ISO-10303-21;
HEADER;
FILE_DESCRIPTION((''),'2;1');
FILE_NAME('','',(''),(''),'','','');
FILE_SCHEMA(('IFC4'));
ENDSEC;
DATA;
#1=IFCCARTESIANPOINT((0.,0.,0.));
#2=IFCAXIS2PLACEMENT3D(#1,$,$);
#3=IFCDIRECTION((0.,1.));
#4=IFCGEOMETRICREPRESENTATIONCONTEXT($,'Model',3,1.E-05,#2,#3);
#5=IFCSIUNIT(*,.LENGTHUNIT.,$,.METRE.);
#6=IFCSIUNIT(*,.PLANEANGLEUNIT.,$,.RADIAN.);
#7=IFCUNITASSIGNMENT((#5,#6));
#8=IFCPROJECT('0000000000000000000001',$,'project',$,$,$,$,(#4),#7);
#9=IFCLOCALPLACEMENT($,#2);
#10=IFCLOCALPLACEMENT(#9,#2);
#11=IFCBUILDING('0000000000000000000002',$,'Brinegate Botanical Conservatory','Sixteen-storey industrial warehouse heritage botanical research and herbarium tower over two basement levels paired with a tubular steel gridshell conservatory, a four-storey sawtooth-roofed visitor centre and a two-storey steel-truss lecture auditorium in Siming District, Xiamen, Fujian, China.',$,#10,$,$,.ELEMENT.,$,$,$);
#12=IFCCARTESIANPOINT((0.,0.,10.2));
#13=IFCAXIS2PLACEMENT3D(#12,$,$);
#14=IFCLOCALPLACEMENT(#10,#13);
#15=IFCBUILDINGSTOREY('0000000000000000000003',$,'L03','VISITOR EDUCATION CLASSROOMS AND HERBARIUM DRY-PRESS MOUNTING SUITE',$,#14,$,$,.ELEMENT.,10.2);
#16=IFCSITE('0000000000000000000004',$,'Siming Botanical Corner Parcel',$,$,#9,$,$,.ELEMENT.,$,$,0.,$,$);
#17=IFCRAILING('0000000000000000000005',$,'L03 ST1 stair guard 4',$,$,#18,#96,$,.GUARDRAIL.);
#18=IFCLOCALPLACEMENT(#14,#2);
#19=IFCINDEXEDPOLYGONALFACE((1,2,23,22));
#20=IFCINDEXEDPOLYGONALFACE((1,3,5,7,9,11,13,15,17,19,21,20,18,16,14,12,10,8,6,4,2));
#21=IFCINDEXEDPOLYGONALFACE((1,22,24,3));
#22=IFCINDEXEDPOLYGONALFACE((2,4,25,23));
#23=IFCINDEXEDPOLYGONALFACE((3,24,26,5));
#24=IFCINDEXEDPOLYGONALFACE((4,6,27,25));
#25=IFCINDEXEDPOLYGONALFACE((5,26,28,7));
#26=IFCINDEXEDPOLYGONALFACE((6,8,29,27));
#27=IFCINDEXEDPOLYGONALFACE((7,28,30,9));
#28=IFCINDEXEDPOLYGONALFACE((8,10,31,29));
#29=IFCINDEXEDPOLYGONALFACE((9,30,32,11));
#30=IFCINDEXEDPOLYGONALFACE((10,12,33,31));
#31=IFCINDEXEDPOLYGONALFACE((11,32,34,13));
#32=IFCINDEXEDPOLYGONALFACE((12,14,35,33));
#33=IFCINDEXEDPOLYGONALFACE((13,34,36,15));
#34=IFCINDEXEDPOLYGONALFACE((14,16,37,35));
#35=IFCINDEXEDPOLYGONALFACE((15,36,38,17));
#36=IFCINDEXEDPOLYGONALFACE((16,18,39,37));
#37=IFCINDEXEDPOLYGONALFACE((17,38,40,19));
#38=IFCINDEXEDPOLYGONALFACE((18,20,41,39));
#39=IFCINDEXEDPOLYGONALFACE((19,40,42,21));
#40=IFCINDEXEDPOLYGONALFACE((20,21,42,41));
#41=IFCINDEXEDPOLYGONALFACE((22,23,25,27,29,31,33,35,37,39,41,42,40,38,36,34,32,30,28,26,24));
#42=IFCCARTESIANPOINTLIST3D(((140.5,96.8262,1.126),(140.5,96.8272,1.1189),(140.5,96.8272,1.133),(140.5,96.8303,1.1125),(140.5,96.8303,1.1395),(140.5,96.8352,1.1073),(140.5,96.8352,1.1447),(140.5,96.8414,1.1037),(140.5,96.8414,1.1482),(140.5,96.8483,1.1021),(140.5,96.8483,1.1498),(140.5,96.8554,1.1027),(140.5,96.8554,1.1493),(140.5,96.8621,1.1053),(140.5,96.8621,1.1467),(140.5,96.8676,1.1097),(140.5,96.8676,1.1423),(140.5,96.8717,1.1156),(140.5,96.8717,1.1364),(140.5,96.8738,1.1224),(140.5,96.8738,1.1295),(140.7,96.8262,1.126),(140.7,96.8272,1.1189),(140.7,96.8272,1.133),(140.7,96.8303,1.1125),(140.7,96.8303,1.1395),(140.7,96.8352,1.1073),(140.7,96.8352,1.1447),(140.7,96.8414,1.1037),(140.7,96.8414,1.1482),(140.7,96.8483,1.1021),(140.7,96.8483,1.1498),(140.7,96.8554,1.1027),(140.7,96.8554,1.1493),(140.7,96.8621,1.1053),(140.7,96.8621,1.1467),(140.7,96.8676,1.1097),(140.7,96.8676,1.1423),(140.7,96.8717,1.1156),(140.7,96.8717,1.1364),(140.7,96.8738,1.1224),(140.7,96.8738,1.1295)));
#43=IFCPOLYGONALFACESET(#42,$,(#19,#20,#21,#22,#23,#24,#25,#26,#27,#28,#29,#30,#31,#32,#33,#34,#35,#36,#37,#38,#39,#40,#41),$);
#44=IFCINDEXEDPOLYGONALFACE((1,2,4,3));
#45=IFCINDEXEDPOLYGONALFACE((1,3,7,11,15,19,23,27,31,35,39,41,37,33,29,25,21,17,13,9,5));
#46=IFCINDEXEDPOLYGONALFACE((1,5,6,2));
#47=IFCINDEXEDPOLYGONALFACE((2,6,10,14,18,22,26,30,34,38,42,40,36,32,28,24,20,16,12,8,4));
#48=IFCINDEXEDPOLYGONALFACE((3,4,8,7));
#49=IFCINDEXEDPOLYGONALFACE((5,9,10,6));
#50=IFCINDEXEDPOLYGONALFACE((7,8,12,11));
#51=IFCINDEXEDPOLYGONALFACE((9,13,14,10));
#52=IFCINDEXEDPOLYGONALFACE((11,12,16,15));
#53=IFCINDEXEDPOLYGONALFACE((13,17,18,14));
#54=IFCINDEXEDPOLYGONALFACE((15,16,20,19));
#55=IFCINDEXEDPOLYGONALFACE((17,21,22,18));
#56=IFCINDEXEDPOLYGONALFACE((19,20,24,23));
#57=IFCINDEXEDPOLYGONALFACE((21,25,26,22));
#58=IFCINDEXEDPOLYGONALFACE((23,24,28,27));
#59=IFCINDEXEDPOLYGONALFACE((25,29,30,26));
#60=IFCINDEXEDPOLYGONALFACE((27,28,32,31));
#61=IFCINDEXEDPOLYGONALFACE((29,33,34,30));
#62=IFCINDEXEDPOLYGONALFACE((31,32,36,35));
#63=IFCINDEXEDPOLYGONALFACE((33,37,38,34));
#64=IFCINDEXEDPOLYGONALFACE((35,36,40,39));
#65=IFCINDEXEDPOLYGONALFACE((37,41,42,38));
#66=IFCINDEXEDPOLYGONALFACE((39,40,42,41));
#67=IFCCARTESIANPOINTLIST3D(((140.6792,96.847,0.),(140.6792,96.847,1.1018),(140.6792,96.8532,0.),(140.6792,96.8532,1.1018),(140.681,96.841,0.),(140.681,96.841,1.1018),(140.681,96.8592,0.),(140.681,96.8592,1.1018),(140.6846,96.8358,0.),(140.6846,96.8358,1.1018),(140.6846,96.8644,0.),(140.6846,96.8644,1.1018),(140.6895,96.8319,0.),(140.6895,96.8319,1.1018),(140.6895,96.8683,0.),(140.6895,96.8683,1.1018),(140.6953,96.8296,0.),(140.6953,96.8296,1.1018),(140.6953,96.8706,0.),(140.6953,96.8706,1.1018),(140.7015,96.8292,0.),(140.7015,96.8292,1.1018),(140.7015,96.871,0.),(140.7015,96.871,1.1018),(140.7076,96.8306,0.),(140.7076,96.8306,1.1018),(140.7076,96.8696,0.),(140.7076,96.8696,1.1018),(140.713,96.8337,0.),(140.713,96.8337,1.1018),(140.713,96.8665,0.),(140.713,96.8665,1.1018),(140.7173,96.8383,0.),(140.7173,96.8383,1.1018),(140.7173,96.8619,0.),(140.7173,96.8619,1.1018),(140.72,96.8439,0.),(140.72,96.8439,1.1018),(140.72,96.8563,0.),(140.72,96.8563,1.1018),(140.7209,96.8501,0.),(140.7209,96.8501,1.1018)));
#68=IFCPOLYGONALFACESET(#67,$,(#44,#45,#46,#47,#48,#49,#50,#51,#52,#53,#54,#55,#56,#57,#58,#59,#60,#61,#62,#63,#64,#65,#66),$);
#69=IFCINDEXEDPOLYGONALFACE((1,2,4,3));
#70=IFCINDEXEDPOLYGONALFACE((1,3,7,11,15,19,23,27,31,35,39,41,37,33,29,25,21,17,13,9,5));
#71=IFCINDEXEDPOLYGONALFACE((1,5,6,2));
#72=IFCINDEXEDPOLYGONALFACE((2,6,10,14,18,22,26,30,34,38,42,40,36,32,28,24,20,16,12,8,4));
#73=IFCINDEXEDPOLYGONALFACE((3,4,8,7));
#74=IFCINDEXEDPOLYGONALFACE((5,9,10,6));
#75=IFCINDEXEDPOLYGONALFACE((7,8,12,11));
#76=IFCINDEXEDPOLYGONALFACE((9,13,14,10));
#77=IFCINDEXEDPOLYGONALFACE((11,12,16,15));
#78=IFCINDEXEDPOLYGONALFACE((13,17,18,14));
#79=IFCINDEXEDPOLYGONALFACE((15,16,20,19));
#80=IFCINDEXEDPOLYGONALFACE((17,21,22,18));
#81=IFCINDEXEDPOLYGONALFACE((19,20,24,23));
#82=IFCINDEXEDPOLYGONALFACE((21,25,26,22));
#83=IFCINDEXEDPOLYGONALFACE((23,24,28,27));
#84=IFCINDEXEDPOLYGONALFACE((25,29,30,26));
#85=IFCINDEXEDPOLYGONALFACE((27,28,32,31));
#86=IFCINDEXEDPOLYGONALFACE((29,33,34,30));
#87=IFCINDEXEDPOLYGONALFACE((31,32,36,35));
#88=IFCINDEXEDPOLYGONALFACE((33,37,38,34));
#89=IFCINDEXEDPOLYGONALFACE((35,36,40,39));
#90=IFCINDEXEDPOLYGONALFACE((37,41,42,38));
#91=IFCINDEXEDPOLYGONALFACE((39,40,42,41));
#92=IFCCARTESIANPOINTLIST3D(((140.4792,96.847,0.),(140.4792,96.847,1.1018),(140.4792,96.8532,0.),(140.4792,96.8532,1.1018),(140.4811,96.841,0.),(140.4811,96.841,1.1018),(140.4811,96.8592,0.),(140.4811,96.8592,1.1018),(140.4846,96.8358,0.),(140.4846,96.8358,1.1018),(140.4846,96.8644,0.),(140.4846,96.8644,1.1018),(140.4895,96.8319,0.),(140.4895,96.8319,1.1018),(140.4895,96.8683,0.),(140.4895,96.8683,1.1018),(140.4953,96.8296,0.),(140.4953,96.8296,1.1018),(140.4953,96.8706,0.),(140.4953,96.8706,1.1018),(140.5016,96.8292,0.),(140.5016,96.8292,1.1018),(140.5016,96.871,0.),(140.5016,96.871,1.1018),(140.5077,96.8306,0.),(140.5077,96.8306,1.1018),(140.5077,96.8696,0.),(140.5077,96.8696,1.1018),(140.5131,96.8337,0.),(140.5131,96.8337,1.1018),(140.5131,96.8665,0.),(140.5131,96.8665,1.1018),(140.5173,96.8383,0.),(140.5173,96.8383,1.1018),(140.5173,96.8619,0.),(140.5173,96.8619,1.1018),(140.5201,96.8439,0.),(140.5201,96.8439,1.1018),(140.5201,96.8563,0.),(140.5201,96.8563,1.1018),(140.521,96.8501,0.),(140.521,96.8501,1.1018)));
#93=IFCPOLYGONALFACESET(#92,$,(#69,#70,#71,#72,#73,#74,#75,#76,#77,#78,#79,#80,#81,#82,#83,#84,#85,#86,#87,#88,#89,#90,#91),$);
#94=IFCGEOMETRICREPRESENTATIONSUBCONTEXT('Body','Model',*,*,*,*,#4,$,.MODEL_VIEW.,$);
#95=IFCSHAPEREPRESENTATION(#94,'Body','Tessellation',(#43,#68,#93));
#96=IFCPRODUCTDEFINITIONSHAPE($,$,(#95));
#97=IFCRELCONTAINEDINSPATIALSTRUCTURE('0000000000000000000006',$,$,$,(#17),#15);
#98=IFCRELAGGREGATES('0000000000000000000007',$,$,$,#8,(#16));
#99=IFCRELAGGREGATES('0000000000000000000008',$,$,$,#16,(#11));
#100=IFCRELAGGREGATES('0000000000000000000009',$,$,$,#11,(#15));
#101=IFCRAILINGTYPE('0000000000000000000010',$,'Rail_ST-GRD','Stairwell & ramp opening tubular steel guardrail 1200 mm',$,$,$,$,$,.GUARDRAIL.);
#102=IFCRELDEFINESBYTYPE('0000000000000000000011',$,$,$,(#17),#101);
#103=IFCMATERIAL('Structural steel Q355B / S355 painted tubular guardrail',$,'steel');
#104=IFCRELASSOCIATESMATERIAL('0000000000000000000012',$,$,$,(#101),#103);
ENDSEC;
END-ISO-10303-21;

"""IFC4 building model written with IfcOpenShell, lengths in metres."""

from ifc_helpers import new_model, si_unit, direction, frame, origin, origin_2d, place, context, subcontext, project, spatial, circle, extrude, material, type_object, element, save


model = new_model("IFC4")

# Units and contexts
model_context = context("Model", 3, precision=1e-05, world=origin(), true_north=direction((0.0, 1.0)))
body_context = subcontext(model_context, "Body", "Model", "MODEL_VIEW")
ifc_project = project(units=[si_unit("LENGTHUNIT", "METRE"), si_unit("PLANEANGLEUNIT", "RADIAN")], contexts=[model_context])

# Site, building, storey
site_placement = place(None, origin())
site = spatial("IfcSite", under=ifc_project, at=site_placement, Name="Siming Botanical Corner Parcel", CompositionType="ELEMENT", RefElevation=0.0)
building_placement = place(site_placement, origin())
building = spatial("IfcBuilding", under=site, at=building_placement, Name="Brinegate Botanical Conservatory", Description="Sixteen-storey industrial warehouse heritage botanical research and herbarium tower over two basement levels paired with a tubular steel gridshell conservatory, a four-storey sawtooth-roofed visitor centre and a two-storey steel-truss lecture auditorium in Siming District, Xiamen, Fujian, China.", CompositionType="ELEMENT")
storey_placement = place(building_placement, frame((0.0, 0.0, 10.2)))
storey = spatial("IfcBuildingStorey", under=building, at=storey_placement, Name="L03", Description="VISITOR EDUCATION CLASSROOMS AND HERBARIUM DRY-PRESS MOUNTING SUITE", CompositionType="ELEMENT", Elevation=10.2)

# Railing
ifc_material_1 = material(Name="Structural steel Q355B / S355 painted tubular guardrail", Category="steel")
railing_type_1 = type_object("IfcRailingType", Name="Rail_ST-GRD", Description="Stairwell & ramp opening tubular steel guardrail 1200 mm", PredefinedType="GUARDRAIL", material=ifc_material_1)
railing_1_placement = place(storey_placement, frame((140.7, 96.8501, 0.0)))
element("IfcRailing", 1, at=railing_1_placement, inside=storey, type_object=railing_type_1, Name="L03 ST1 stair guard 4", PredefinedType="GUARDRAIL", context=body_context, shape_type="SweptSolid", body=[
    extrude(circle(Radius=0.0239, at=origin_2d()), frame((0.0, 0.0, 1.126), z_axis=(-1.0, 0.0, 0.0), x_axis=(0.0, -1.0, 0.0)), (0.0, 0.0, 1.0), 0.2),
    extrude(circle(Radius=0.021, at=origin_2d()), origin(), (0.0, 0.0, 1.0), 1.1018),
    extrude(circle(Radius=0.021, at=origin_2d()), frame((-0.2, 0.0, 0.0)), (0.0, 0.0, 1.0), 1.1018),
])

save(model, "model.ifc")
